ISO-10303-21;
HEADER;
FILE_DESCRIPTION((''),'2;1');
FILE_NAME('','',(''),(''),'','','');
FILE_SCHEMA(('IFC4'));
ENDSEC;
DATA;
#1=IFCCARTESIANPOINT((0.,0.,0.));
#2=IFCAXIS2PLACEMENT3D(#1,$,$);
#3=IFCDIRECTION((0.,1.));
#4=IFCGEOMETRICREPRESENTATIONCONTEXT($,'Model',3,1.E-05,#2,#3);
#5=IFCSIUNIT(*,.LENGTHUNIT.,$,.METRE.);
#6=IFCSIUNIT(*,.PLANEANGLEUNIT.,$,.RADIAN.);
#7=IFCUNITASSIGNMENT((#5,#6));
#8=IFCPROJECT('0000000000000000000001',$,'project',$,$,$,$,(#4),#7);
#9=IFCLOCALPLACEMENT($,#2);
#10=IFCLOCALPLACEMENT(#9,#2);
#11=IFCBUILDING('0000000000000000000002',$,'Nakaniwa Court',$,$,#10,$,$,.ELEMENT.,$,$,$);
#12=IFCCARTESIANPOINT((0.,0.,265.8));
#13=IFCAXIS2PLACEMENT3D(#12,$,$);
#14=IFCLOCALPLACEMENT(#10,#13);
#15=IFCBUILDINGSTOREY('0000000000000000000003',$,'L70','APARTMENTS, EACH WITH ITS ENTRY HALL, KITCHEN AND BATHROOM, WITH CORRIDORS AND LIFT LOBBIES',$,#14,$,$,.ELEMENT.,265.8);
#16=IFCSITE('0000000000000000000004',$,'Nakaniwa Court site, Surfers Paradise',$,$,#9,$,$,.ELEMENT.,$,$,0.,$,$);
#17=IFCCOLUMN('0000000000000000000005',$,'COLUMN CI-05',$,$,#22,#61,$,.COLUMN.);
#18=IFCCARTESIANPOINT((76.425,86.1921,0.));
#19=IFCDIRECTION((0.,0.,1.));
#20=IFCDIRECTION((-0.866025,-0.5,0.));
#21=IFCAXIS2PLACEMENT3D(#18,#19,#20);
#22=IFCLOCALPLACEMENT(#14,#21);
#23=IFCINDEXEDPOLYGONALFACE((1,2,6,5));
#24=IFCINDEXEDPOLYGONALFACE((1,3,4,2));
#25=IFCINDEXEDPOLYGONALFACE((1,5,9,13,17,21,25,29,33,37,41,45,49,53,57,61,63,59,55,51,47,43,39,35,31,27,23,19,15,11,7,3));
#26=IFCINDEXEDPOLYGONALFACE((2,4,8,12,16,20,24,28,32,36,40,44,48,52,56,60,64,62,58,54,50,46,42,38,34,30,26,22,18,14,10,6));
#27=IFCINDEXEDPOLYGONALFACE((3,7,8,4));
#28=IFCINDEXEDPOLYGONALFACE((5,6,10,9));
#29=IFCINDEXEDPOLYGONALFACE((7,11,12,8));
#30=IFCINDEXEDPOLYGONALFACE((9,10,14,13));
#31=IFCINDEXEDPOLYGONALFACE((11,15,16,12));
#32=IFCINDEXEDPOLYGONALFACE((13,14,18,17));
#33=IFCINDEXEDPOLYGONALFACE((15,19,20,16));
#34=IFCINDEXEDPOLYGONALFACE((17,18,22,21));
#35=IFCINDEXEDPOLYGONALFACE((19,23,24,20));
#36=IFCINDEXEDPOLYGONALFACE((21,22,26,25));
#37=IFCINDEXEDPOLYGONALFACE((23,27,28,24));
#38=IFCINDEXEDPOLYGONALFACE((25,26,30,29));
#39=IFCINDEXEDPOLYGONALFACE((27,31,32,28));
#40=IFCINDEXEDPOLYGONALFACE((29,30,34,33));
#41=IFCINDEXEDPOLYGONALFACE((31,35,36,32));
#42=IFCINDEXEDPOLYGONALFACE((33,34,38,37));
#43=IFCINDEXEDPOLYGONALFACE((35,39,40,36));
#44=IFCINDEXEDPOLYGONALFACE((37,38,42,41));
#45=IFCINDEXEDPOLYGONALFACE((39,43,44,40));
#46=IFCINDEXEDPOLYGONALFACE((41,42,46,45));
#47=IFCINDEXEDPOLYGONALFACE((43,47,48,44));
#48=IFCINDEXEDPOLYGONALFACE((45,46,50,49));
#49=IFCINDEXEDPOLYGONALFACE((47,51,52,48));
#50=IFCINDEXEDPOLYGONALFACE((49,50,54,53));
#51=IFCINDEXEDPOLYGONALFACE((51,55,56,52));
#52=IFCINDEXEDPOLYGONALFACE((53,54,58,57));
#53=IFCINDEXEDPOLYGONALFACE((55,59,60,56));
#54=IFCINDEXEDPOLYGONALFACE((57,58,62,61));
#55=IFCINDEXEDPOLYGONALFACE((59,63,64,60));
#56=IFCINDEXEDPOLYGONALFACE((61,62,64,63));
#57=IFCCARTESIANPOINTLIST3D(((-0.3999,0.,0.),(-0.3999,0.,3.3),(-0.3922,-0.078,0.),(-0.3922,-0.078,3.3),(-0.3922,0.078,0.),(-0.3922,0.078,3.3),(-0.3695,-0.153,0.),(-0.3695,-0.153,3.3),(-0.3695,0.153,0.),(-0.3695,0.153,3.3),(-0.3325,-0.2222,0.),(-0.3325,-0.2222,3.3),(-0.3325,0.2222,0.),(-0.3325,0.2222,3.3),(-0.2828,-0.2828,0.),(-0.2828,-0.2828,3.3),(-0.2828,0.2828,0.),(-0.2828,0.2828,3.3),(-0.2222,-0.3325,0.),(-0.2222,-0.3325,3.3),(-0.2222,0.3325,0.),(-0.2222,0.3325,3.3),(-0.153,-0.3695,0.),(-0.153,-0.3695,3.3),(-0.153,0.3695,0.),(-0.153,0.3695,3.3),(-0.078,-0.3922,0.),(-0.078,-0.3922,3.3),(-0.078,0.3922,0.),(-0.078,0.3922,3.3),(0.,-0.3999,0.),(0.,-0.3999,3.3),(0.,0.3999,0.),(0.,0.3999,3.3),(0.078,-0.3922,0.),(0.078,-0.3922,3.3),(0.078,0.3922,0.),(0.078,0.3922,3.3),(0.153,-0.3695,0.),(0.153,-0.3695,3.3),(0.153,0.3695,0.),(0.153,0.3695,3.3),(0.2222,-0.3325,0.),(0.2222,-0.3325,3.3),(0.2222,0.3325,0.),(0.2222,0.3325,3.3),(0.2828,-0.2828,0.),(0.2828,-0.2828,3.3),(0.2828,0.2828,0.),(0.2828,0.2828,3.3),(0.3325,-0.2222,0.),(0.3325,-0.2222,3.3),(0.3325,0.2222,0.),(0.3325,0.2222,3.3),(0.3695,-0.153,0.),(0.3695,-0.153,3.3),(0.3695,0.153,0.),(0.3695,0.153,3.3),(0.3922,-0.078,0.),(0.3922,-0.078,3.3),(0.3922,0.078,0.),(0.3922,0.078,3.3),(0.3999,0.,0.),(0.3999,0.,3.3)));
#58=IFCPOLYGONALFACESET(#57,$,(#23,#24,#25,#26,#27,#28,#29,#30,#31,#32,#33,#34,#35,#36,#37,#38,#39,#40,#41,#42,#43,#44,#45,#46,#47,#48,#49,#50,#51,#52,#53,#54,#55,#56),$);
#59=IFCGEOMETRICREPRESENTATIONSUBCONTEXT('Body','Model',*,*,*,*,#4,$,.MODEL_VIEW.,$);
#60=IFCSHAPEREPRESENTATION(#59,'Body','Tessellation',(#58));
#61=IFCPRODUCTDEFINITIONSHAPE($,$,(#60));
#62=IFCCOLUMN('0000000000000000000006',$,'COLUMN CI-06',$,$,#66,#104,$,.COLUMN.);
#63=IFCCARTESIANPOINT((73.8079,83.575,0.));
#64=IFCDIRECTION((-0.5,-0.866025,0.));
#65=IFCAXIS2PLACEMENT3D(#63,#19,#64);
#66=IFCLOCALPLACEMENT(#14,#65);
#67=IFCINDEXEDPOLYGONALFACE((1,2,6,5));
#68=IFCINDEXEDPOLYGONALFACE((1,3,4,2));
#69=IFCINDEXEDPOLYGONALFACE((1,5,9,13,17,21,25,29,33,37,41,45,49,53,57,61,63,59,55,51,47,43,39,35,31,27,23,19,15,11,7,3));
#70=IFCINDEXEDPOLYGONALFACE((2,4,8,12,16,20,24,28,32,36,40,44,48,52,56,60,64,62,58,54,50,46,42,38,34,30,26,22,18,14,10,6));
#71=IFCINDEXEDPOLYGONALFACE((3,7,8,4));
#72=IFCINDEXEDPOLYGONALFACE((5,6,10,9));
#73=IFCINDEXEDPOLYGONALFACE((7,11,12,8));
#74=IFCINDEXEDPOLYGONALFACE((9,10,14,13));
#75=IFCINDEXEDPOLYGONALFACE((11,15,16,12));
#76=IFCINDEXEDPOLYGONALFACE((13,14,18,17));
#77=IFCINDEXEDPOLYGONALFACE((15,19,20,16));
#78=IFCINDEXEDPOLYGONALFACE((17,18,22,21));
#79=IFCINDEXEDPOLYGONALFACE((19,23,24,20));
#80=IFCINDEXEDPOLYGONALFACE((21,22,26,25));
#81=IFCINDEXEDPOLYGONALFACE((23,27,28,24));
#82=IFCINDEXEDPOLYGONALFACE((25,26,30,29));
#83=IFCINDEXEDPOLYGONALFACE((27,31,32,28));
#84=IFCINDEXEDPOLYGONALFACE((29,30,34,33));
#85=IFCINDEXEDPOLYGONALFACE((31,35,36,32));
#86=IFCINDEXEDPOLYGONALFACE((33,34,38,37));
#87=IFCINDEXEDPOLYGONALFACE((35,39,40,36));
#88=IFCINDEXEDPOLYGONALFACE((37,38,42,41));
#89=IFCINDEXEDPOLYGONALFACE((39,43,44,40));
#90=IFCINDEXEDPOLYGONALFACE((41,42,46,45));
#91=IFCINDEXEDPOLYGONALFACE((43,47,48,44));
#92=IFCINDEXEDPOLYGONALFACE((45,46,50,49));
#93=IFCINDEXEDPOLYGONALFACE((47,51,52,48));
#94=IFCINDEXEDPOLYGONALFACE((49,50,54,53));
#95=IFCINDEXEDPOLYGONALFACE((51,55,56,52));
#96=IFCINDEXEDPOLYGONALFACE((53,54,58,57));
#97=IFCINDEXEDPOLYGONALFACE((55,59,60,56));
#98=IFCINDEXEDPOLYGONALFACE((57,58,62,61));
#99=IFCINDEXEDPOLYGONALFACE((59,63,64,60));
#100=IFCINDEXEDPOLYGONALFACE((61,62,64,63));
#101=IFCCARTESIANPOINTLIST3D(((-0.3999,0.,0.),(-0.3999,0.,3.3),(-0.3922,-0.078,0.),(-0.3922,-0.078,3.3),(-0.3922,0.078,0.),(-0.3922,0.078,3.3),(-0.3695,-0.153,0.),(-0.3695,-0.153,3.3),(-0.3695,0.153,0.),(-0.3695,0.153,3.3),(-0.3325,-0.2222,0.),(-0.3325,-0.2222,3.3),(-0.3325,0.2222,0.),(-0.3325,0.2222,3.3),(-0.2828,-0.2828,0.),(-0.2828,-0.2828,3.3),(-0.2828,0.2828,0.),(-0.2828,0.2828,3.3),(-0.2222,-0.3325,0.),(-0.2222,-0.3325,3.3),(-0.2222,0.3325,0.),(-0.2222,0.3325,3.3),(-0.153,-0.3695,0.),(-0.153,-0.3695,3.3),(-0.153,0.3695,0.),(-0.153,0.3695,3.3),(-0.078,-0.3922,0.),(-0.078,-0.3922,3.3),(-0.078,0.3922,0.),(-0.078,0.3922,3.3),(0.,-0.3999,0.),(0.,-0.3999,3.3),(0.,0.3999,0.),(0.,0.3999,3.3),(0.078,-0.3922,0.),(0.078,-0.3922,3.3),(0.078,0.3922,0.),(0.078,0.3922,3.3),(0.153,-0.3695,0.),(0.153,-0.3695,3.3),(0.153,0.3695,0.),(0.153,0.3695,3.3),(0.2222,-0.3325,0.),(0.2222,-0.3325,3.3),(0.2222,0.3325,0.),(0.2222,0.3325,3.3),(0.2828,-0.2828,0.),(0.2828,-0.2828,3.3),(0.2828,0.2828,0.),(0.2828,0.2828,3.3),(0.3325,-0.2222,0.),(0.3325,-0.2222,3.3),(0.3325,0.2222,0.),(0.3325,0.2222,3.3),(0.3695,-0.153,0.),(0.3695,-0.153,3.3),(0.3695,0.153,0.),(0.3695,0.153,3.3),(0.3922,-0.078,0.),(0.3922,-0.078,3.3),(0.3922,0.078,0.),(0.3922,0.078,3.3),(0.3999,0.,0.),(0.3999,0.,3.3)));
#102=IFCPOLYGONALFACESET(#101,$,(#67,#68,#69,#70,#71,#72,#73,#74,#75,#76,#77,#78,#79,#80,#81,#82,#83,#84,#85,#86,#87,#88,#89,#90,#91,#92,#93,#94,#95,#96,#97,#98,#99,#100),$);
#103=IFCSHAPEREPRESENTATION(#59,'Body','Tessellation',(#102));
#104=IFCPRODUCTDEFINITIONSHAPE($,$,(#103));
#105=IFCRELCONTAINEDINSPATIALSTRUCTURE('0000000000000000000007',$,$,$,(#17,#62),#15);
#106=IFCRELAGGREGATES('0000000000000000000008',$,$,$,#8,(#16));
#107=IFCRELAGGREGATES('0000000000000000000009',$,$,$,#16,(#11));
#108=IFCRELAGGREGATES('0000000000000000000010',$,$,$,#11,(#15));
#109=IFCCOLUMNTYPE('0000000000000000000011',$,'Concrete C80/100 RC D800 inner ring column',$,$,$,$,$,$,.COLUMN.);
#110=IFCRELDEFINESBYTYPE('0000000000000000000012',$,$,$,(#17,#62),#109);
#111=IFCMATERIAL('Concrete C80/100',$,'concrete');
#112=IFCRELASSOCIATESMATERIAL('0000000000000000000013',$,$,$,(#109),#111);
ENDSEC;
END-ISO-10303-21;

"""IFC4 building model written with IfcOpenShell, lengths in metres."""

from ifc_helpers import new_model, si_unit, direction, frame, origin, origin_2d, place, context, subcontext, project, spatial, circle, extrude, material, material_profile, profile_set, type_object, element, save


model = new_model("IFC4")

# Units and contexts
model_context = context("Model", 3, precision=1e-05, world=origin(), true_north=direction((0.0, 1.0)))
body_context = subcontext(model_context, "Body", "Model", "MODEL_VIEW")
ifc_project = project(units=[si_unit("LENGTHUNIT", "METRE"), si_unit("PLANEANGLEUNIT", "RADIAN")], contexts=[model_context])

# Site, building, storey
site_placement = place(None, origin())
site = spatial("IfcSite", under=ifc_project, at=site_placement, Name="Nakaniwa Court site, Surfers Paradise", CompositionType="ELEMENT", RefElevation=0.0)
building_placement = place(site_placement, origin())
building = spatial("IfcBuilding", under=site, at=building_placement, Name="Nakaniwa Court", CompositionType="ELEMENT")
storey_placement = place(building_placement, frame((0.0, 0.0, 265.8)))
storey = spatial("IfcBuildingStorey", under=building, at=storey_placement, Name="L70", Description="APARTMENTS, EACH WITH ITS ENTRY HALL, KITCHEN AND BATHROOM, WITH CORRIDORS AND LIFT LOBBIES", CompositionType="ELEMENT", Elevation=265.8)

# Columns
ifc_material_1 = material(Name="Concrete C80/100", Category="concrete")
ifc_material_profile_1 = material_profile(ifc_material_1, circle(Radius=0.3999, at=origin_2d()), Name="Concrete C80/100 RC D800 inner ring column")
ifc_profile_set_1 = profile_set([ifc_material_profile_1], Name="Concrete C80/100")
column_type_1 = type_object("IfcColumnType", Name="Concrete C80/100 RC D800 inner ring column", PredefinedType="COLUMN", material=ifc_profile_set_1)
for number, where, z_axis, x_axis, name in (
    (1, (76.425, 86.1921, 0.0), (0.0, 0.0, 1.0), (-0.866025, -0.5, 0.0), "COLUMN CI-05"),
    (2, (73.8079, 83.575, 0.0), (0.0, 0.0, 1.0), (-0.5, -0.866025, 0.0), "COLUMN CI-06"),
):
    element("IfcColumn", number, at=place(storey_placement, frame(where, z_axis=z_axis, x_axis=x_axis)), inside=storey, type_object=column_type_1, Name=name, PredefinedType="COLUMN", context=body_context, shape_type="SweptSolid", body=[
        extrude(circle(Radius=0.3999, at=origin_2d()), origin(), (0.0, 0.0, 1.0), 3.3),
    ])

save(model, "model.ifc")
